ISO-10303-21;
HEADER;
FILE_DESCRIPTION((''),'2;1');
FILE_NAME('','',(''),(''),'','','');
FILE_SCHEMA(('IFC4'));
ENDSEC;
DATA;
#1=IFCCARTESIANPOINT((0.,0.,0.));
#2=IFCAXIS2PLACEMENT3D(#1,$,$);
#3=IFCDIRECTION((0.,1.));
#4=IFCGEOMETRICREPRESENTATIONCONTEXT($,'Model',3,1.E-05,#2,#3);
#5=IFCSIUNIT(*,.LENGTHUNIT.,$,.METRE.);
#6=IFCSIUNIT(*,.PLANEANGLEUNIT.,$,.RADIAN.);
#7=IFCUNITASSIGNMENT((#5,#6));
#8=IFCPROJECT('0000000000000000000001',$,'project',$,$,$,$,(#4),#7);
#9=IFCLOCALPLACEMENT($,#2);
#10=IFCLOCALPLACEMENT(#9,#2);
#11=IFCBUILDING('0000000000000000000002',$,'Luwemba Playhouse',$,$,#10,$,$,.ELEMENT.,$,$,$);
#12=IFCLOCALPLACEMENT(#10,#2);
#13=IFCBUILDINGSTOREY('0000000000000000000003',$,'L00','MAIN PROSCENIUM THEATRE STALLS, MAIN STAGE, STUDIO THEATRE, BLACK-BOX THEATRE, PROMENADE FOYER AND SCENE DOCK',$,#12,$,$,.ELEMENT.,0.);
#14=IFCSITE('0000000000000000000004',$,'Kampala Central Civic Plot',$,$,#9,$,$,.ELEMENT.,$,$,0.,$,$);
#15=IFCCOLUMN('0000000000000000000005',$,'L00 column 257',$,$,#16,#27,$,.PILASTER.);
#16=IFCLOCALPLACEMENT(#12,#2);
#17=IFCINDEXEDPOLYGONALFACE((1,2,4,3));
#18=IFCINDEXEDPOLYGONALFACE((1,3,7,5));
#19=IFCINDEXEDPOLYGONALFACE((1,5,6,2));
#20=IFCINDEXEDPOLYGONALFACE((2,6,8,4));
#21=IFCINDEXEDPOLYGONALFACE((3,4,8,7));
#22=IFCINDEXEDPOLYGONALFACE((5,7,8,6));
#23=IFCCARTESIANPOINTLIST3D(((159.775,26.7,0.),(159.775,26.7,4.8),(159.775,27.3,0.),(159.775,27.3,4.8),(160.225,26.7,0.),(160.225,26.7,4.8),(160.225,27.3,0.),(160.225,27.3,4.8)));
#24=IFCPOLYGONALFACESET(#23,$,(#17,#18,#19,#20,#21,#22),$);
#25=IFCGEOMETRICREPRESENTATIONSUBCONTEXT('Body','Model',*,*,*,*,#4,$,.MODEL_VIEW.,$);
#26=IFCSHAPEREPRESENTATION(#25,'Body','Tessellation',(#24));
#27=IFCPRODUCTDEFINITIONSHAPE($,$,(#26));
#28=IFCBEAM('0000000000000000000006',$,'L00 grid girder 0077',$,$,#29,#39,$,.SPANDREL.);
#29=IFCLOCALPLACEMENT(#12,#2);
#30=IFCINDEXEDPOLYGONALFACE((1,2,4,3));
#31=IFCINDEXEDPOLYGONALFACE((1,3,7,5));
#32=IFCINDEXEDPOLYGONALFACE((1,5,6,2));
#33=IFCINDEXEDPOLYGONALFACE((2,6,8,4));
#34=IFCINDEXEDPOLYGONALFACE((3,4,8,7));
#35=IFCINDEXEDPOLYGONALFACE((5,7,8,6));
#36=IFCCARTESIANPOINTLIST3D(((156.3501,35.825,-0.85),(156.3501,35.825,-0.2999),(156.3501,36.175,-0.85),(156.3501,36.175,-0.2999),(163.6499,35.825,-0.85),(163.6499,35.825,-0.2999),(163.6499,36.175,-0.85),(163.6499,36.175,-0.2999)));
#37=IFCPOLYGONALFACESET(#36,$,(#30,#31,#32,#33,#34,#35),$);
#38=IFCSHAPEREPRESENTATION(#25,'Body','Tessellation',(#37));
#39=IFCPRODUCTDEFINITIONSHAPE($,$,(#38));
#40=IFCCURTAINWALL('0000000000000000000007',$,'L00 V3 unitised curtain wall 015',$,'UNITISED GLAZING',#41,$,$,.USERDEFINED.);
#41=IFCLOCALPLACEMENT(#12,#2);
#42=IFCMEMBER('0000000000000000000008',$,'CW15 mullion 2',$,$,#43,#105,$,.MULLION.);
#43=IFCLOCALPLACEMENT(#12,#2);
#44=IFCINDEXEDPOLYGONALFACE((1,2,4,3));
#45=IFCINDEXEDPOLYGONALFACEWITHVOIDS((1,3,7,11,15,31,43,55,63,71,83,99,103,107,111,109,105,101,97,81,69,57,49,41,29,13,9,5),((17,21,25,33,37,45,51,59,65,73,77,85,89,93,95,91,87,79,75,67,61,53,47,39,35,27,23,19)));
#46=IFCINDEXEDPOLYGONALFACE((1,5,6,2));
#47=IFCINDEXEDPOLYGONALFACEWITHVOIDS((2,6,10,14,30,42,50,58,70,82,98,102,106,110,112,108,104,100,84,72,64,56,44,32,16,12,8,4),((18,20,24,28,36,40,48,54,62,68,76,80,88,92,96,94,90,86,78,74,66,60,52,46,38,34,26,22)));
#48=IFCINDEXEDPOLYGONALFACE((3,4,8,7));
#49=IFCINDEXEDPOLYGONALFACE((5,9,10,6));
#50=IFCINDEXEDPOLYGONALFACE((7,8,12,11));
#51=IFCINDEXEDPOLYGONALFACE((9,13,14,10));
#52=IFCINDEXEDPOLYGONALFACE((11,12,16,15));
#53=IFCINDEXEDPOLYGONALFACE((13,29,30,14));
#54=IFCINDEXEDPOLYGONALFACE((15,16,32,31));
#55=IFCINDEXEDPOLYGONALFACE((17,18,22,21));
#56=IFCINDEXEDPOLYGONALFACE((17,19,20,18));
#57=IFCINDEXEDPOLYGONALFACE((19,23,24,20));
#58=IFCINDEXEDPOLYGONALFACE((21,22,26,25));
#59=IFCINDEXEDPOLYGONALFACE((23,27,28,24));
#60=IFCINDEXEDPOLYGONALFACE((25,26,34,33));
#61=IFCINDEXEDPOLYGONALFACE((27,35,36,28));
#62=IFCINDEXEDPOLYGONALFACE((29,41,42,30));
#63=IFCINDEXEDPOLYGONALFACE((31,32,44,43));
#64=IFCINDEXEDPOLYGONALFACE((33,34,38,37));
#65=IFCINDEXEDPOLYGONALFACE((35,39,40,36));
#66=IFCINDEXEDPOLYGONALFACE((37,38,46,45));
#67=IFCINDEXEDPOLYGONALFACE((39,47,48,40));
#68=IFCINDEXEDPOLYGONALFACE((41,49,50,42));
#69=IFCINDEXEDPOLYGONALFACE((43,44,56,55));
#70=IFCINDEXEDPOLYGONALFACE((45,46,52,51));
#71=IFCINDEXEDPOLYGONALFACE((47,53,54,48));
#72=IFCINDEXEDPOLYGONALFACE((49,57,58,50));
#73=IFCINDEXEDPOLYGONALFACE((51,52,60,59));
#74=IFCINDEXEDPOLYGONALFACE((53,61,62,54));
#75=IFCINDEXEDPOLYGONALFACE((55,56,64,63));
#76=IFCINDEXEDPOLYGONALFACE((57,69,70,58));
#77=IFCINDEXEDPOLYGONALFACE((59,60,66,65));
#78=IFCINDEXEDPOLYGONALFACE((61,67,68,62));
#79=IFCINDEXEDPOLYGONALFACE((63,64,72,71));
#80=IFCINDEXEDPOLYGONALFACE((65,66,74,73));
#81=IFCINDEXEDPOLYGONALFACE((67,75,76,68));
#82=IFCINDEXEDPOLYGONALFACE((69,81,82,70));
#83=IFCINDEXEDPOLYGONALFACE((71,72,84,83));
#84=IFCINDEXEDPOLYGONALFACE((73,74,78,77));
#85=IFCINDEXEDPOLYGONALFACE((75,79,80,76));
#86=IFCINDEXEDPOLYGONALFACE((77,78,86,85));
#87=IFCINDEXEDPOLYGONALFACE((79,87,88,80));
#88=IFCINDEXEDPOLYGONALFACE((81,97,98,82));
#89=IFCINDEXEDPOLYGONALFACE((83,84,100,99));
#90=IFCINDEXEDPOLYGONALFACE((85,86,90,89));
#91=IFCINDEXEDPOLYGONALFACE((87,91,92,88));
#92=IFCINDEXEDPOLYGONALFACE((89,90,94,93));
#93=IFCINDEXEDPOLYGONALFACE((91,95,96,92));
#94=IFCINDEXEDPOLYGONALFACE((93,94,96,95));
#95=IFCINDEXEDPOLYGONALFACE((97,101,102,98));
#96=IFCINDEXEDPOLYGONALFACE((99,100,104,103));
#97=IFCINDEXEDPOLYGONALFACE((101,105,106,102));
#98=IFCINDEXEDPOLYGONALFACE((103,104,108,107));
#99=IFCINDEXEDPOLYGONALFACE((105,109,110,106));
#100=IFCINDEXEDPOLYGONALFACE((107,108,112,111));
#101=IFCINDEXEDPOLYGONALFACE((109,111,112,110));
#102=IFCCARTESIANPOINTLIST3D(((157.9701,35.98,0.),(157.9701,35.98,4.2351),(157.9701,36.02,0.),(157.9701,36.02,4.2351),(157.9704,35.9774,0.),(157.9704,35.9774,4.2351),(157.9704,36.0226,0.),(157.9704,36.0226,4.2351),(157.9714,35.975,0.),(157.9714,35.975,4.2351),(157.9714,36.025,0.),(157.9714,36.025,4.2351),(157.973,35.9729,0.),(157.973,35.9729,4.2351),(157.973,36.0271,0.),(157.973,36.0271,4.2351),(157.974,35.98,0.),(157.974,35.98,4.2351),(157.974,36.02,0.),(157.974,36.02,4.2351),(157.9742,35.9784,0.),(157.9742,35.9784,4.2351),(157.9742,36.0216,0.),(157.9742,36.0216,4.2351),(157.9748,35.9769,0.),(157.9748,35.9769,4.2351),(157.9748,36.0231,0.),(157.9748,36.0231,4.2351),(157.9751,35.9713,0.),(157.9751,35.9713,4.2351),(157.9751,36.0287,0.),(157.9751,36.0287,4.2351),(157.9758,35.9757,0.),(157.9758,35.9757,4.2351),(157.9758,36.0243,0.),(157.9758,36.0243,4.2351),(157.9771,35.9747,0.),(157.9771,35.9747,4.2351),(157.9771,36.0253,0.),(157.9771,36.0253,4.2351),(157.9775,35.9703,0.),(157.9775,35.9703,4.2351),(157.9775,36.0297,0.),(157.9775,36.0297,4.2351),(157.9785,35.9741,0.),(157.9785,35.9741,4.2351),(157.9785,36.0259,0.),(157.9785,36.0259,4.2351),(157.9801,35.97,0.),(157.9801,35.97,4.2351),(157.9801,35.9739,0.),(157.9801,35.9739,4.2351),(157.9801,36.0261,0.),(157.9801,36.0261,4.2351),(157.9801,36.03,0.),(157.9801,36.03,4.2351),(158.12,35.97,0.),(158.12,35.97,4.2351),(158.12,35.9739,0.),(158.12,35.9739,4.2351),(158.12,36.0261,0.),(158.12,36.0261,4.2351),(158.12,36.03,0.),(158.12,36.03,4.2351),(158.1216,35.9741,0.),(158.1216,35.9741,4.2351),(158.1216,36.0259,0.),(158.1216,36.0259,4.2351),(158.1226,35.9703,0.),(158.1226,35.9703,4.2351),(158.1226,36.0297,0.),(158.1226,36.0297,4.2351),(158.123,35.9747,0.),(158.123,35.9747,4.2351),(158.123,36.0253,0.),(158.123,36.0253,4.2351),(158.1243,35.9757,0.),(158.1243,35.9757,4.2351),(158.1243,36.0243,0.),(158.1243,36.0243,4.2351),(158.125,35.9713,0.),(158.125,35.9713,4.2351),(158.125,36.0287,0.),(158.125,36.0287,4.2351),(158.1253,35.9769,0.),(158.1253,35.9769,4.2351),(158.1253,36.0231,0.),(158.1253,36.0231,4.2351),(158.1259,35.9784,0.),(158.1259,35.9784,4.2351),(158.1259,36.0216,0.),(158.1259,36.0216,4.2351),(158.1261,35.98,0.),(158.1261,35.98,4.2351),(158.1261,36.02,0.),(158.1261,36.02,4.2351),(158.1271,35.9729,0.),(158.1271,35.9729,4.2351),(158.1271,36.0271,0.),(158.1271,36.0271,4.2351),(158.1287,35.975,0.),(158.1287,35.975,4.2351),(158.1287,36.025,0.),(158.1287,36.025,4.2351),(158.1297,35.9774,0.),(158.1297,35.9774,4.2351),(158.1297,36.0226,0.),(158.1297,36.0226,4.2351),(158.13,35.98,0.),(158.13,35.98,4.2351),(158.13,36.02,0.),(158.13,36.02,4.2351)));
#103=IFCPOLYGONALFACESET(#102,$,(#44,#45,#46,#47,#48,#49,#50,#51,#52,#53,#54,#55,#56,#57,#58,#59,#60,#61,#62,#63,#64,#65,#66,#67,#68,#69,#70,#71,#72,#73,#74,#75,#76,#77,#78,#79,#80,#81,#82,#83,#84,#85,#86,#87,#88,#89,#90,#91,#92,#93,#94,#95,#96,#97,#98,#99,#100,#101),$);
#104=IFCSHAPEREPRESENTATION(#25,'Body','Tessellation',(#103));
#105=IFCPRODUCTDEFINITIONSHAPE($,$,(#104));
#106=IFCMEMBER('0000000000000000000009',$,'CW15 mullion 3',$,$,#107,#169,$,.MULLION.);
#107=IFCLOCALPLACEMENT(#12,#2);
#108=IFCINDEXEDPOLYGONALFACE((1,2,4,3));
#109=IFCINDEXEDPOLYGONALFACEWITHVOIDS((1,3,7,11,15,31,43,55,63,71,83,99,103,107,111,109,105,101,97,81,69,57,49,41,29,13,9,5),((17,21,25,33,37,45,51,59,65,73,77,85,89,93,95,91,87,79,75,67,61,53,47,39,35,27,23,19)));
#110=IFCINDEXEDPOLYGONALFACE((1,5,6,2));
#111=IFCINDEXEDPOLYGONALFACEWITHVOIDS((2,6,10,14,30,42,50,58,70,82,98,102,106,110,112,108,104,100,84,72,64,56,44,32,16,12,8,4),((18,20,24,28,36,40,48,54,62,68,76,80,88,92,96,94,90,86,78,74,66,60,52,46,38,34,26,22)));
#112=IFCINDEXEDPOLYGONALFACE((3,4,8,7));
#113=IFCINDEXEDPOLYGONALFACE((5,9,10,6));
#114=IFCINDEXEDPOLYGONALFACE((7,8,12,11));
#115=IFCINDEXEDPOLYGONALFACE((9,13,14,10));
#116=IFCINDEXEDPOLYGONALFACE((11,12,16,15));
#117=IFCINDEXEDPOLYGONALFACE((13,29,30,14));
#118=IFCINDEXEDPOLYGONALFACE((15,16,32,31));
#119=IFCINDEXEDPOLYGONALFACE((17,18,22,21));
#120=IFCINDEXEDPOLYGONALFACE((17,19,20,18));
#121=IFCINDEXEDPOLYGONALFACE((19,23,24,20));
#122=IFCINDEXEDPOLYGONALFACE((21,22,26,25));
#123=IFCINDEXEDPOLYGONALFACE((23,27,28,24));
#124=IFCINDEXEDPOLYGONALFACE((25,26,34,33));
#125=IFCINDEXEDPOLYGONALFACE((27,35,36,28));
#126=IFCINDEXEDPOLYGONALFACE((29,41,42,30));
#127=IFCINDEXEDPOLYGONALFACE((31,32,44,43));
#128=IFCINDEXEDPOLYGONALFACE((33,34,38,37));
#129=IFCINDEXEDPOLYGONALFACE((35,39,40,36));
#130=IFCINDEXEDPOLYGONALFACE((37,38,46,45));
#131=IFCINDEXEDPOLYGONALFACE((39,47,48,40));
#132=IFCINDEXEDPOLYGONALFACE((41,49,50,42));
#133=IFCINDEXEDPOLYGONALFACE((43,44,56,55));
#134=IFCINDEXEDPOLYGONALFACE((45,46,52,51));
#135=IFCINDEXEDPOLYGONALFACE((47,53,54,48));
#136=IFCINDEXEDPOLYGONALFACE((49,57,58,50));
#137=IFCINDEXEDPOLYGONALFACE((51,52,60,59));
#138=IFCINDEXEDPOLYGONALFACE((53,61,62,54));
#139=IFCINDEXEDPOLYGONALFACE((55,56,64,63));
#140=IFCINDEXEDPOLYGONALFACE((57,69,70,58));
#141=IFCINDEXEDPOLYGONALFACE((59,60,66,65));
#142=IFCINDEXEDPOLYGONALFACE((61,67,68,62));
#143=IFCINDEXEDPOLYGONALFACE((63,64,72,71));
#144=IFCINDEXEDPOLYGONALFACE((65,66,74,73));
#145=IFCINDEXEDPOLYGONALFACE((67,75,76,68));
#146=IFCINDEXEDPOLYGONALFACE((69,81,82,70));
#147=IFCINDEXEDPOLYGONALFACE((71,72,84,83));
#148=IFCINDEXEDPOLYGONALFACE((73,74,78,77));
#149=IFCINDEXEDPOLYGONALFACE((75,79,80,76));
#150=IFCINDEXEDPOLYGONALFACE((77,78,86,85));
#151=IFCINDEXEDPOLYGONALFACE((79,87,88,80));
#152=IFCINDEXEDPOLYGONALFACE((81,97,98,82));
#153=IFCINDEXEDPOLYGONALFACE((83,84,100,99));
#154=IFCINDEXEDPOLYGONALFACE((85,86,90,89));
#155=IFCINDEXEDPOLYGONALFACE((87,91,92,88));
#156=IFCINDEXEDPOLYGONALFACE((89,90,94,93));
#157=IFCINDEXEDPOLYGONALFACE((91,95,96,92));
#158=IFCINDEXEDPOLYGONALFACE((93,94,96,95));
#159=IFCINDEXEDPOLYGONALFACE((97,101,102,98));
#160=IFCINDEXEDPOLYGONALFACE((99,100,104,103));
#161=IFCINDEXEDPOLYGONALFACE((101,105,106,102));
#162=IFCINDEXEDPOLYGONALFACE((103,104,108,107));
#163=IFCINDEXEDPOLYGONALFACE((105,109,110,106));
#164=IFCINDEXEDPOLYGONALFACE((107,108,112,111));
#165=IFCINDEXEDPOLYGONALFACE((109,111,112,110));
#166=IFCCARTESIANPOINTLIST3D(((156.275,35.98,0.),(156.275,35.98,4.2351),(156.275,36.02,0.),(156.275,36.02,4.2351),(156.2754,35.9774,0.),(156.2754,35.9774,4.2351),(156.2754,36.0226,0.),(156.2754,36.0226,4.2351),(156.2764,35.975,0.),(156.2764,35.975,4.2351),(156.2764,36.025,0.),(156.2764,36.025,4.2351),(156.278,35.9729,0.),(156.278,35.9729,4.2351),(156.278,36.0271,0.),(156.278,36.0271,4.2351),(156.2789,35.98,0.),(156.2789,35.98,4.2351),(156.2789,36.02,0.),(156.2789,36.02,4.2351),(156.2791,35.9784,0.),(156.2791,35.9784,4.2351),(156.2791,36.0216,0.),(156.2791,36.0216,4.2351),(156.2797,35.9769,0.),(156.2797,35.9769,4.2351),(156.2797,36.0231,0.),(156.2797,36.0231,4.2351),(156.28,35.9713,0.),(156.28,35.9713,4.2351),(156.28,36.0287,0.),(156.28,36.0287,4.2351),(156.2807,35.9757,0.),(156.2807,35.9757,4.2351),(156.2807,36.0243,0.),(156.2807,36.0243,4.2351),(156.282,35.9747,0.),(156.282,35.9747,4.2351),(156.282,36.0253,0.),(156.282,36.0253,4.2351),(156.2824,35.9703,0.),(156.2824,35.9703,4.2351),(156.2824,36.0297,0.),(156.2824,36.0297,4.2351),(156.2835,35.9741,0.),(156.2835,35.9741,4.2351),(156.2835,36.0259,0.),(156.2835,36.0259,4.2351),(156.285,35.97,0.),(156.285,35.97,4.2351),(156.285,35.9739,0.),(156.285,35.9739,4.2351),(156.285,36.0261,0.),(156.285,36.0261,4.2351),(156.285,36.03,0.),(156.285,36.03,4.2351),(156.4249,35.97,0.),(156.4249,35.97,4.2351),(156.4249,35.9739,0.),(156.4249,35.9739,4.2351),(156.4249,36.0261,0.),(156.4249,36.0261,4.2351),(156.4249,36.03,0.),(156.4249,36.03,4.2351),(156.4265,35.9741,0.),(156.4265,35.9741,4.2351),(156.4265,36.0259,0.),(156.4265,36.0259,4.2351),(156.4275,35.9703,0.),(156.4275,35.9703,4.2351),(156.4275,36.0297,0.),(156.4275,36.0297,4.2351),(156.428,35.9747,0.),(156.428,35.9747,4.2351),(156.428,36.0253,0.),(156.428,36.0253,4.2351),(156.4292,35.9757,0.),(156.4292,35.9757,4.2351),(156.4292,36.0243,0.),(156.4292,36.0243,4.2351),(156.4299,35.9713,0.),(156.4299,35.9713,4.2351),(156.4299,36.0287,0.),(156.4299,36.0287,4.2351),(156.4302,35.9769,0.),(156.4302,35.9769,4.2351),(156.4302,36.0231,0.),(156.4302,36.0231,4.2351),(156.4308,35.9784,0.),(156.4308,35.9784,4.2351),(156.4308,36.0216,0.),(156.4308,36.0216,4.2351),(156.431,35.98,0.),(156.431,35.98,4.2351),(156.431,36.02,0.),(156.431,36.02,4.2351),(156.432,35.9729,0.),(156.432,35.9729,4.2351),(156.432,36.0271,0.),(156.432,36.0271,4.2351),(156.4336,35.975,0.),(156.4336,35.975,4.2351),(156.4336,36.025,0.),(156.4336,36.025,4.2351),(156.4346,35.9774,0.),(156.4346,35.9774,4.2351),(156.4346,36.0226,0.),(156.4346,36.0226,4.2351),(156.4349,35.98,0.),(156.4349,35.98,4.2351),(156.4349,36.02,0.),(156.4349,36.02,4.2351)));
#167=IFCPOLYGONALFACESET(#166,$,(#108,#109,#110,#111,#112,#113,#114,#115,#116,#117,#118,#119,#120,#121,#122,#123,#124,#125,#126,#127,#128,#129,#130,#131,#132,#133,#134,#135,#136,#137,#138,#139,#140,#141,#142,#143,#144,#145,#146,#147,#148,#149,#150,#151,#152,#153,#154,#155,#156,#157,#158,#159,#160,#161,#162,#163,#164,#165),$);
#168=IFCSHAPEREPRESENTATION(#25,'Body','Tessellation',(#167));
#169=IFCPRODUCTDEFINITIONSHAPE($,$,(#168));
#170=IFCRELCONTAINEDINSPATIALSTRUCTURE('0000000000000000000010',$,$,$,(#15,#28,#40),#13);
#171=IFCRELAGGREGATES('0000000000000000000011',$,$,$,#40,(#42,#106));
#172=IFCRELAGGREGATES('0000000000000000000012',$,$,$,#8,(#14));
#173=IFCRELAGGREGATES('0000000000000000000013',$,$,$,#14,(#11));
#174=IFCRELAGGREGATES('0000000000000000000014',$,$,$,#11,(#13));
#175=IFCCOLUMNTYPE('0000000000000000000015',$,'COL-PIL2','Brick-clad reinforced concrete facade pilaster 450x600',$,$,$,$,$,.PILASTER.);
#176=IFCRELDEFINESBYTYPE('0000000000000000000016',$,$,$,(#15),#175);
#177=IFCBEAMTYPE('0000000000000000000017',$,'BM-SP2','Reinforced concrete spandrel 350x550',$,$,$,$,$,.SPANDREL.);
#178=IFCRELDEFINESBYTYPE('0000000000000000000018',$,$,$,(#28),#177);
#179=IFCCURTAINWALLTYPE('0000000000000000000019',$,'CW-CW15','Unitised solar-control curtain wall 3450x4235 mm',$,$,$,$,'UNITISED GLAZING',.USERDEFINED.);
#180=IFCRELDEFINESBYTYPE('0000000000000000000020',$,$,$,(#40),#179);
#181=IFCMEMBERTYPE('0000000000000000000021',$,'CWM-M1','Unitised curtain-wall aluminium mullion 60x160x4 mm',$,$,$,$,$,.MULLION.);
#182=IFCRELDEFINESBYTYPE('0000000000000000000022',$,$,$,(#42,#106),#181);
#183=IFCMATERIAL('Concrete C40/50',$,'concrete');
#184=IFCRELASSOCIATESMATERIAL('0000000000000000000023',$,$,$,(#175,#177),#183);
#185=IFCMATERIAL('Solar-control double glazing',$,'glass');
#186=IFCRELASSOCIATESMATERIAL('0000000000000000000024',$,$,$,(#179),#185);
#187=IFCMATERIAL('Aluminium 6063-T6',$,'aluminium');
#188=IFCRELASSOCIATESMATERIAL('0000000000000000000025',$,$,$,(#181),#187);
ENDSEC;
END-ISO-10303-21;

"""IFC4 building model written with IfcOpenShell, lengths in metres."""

from ifc_helpers import new_model, si_unit, direction, frame, origin, origin_2d, place, context, subcontext, project, spatial, rectangle, hollow_rectangle, extrude, material, material_profile, profile_set, type_object, element, aggregate, save


model = new_model("IFC4")

# Units and contexts
model_context = context("Model", 3, precision=1e-05, world=origin(), true_north=direction((0.0, 1.0)))
body_context = subcontext(model_context, "Body", "Model", "MODEL_VIEW")
ifc_project = project(units=[si_unit("LENGTHUNIT", "METRE"), si_unit("PLANEANGLEUNIT", "RADIAN")], contexts=[model_context])

# Site, building, storey
site_placement = place(None, origin())
site = spatial("IfcSite", under=ifc_project, at=site_placement, Name="Kampala Central Civic Plot", CompositionType="ELEMENT", RefElevation=0.0)
building_placement = place(site_placement, origin())
building = spatial("IfcBuilding", under=site, at=building_placement, Name="Luwemba Playhouse", CompositionType="ELEMENT")
storey_placement = place(building_placement, origin())
storey = spatial("IfcBuildingStorey", under=building, at=storey_placement, Name="L00", Description="MAIN PROSCENIUM THEATRE STALLS, MAIN STAGE, STUDIO THEATRE, BLACK-BOX THEATRE, PROMENADE FOYER AND SCENE DOCK", CompositionType="ELEMENT", Elevation=0.0)

# Column
ifc_material_1 = material(Name="Concrete C40/50", Category="concrete")
ifc_material_profile_1 = material_profile(ifc_material_1, rectangle(XDim=0.45, YDim=0.6001, at=origin_2d()))
ifc_profile_set_1 = profile_set([ifc_material_profile_1], Name="Concrete C40/50")
column_type = type_object("IfcColumnType", Name="COL-PIL2", Description="Brick-clad reinforced concrete facade pilaster 450x600", PredefinedType="PILASTER", material=ifc_profile_set_1)
column_placement = place(storey_placement, frame((160.0, 27.0, 0.0), z_axis=(0.0, 0.0, 1.0), x_axis=(1.0, 0.0, 0.0)))
element("IfcColumn", 1, at=column_placement, inside=storey, type_object=column_type, Name="L00 column 257", PredefinedType="PILASTER", context=body_context, shape_type="SweptSolid", body=[
    extrude(rectangle(XDim=0.45, YDim=0.6001, at=origin_2d()), origin(), (0.0, 0.0, 1.0), 4.8),
])

# Beam
ifc_material_profile_2 = material_profile(ifc_material_1, rectangle(XDim=0.3501, YDim=0.55, at=origin_2d()))
ifc_profile_set_2 = profile_set([ifc_material_profile_2], Name="Concrete C40/50")
beam_type = type_object("IfcBeamType", Name="BM-SP2", Description="Reinforced concrete spandrel 350x550", PredefinedType="SPANDREL", material=ifc_profile_set_2)
beam_placement = place(storey_placement, frame((156.3501, 36.0, -0.575), z_axis=(1.0, 0.0, 0.0), x_axis=(0.0, 1.0, 0.0)))
element("IfcBeam", 2, at=beam_placement, inside=storey, type_object=beam_type, Name="L00 grid girder 0077", PredefinedType="SPANDREL", context=body_context, shape_type="SweptSolid", body=[
    extrude(rectangle(XDim=0.3501, YDim=0.55, at=origin_2d()), origin(), (0.0, 0.0, 1.0), 7.2998),
])

# Curtain wall, members
ifc_material_2 = material(Name="Solar-control double glazing", Category="glass")
curtain_wall_type_1 = type_object("IfcCurtainWallType", Name="CW-CW15", Description="Unitised solar-control curtain wall 3450x4235 mm", ElementType="UNITISED GLAZING", PredefinedType="USERDEFINED", material=ifc_material_2)
curtain_wall_1_placement = place(storey_placement, origin())
curtain_wall_1 = element("IfcCurtainWall", 3, at=curtain_wall_1_placement, inside=storey, type_object=curtain_wall_type_1, Name="L00 V3 unitised curtain wall 015", ObjectType="UNITISED GLAZING", PredefinedType="USERDEFINED")
ifc_material_3 = material(Name="Aluminium 6063-T6", Category="aluminium")
ifc_material_profile_3 = material_profile(ifc_material_3, hollow_rectangle(XDim=0.0601, YDim=0.1599, WallThickness=0.0039, InnerFilletRadius=0.0061, OuterFilletRadius=0.01, at=origin_2d()))
ifc_profile_set_3 = profile_set([ifc_material_profile_3], Name="Aluminium 6063-T6")
member_type_1 = type_object("IfcMemberType", Name="CWM-M1", Description="Unitised curtain-wall aluminium mullion 60x160x4 mm", PredefinedType="MULLION", material=ifc_profile_set_3)
member_1_placement = place(storey_placement, frame((158.05, 36.0, 0.0), z_axis=(0.0, 0.0, 1.0), x_axis=(0.0, -1.0, 0.0)))
member_1 = element("IfcMember", 4, at=member_1_placement, type_object=member_type_1, Name="CW15 mullion 2", PredefinedType="MULLION", context=body_context, shape_type="SweptSolid", body=[
    extrude(hollow_rectangle(XDim=0.0601, YDim=0.1599, WallThickness=0.0039, InnerFilletRadius=0.0061, OuterFilletRadius=0.01, at=origin_2d()), origin(), (0.0, 0.0, 1.0), 4.2351),
])
member_2_placement = place(storey_placement, frame((156.355, 36.0, 0.0), z_axis=(0.0, 0.0, 1.0), x_axis=(0.0, -1.0, 0.0)))
member_2 = element("IfcMember", 5, at=member_2_placement, type_object=member_type_1, Name="CW15 mullion 3", PredefinedType="MULLION", context=body_context, shape_type="SweptSolid", body=[
    extrude(hollow_rectangle(XDim=0.0601, YDim=0.1599, WallThickness=0.0039, InnerFilletRadius=0.0061, OuterFilletRadius=0.01, at=origin_2d()), origin(), (0.0, 0.0, 1.0), 4.2351),
])

aggregate(curtain_wall_1, [member_1, member_2])

save(model, "model.ifc")
